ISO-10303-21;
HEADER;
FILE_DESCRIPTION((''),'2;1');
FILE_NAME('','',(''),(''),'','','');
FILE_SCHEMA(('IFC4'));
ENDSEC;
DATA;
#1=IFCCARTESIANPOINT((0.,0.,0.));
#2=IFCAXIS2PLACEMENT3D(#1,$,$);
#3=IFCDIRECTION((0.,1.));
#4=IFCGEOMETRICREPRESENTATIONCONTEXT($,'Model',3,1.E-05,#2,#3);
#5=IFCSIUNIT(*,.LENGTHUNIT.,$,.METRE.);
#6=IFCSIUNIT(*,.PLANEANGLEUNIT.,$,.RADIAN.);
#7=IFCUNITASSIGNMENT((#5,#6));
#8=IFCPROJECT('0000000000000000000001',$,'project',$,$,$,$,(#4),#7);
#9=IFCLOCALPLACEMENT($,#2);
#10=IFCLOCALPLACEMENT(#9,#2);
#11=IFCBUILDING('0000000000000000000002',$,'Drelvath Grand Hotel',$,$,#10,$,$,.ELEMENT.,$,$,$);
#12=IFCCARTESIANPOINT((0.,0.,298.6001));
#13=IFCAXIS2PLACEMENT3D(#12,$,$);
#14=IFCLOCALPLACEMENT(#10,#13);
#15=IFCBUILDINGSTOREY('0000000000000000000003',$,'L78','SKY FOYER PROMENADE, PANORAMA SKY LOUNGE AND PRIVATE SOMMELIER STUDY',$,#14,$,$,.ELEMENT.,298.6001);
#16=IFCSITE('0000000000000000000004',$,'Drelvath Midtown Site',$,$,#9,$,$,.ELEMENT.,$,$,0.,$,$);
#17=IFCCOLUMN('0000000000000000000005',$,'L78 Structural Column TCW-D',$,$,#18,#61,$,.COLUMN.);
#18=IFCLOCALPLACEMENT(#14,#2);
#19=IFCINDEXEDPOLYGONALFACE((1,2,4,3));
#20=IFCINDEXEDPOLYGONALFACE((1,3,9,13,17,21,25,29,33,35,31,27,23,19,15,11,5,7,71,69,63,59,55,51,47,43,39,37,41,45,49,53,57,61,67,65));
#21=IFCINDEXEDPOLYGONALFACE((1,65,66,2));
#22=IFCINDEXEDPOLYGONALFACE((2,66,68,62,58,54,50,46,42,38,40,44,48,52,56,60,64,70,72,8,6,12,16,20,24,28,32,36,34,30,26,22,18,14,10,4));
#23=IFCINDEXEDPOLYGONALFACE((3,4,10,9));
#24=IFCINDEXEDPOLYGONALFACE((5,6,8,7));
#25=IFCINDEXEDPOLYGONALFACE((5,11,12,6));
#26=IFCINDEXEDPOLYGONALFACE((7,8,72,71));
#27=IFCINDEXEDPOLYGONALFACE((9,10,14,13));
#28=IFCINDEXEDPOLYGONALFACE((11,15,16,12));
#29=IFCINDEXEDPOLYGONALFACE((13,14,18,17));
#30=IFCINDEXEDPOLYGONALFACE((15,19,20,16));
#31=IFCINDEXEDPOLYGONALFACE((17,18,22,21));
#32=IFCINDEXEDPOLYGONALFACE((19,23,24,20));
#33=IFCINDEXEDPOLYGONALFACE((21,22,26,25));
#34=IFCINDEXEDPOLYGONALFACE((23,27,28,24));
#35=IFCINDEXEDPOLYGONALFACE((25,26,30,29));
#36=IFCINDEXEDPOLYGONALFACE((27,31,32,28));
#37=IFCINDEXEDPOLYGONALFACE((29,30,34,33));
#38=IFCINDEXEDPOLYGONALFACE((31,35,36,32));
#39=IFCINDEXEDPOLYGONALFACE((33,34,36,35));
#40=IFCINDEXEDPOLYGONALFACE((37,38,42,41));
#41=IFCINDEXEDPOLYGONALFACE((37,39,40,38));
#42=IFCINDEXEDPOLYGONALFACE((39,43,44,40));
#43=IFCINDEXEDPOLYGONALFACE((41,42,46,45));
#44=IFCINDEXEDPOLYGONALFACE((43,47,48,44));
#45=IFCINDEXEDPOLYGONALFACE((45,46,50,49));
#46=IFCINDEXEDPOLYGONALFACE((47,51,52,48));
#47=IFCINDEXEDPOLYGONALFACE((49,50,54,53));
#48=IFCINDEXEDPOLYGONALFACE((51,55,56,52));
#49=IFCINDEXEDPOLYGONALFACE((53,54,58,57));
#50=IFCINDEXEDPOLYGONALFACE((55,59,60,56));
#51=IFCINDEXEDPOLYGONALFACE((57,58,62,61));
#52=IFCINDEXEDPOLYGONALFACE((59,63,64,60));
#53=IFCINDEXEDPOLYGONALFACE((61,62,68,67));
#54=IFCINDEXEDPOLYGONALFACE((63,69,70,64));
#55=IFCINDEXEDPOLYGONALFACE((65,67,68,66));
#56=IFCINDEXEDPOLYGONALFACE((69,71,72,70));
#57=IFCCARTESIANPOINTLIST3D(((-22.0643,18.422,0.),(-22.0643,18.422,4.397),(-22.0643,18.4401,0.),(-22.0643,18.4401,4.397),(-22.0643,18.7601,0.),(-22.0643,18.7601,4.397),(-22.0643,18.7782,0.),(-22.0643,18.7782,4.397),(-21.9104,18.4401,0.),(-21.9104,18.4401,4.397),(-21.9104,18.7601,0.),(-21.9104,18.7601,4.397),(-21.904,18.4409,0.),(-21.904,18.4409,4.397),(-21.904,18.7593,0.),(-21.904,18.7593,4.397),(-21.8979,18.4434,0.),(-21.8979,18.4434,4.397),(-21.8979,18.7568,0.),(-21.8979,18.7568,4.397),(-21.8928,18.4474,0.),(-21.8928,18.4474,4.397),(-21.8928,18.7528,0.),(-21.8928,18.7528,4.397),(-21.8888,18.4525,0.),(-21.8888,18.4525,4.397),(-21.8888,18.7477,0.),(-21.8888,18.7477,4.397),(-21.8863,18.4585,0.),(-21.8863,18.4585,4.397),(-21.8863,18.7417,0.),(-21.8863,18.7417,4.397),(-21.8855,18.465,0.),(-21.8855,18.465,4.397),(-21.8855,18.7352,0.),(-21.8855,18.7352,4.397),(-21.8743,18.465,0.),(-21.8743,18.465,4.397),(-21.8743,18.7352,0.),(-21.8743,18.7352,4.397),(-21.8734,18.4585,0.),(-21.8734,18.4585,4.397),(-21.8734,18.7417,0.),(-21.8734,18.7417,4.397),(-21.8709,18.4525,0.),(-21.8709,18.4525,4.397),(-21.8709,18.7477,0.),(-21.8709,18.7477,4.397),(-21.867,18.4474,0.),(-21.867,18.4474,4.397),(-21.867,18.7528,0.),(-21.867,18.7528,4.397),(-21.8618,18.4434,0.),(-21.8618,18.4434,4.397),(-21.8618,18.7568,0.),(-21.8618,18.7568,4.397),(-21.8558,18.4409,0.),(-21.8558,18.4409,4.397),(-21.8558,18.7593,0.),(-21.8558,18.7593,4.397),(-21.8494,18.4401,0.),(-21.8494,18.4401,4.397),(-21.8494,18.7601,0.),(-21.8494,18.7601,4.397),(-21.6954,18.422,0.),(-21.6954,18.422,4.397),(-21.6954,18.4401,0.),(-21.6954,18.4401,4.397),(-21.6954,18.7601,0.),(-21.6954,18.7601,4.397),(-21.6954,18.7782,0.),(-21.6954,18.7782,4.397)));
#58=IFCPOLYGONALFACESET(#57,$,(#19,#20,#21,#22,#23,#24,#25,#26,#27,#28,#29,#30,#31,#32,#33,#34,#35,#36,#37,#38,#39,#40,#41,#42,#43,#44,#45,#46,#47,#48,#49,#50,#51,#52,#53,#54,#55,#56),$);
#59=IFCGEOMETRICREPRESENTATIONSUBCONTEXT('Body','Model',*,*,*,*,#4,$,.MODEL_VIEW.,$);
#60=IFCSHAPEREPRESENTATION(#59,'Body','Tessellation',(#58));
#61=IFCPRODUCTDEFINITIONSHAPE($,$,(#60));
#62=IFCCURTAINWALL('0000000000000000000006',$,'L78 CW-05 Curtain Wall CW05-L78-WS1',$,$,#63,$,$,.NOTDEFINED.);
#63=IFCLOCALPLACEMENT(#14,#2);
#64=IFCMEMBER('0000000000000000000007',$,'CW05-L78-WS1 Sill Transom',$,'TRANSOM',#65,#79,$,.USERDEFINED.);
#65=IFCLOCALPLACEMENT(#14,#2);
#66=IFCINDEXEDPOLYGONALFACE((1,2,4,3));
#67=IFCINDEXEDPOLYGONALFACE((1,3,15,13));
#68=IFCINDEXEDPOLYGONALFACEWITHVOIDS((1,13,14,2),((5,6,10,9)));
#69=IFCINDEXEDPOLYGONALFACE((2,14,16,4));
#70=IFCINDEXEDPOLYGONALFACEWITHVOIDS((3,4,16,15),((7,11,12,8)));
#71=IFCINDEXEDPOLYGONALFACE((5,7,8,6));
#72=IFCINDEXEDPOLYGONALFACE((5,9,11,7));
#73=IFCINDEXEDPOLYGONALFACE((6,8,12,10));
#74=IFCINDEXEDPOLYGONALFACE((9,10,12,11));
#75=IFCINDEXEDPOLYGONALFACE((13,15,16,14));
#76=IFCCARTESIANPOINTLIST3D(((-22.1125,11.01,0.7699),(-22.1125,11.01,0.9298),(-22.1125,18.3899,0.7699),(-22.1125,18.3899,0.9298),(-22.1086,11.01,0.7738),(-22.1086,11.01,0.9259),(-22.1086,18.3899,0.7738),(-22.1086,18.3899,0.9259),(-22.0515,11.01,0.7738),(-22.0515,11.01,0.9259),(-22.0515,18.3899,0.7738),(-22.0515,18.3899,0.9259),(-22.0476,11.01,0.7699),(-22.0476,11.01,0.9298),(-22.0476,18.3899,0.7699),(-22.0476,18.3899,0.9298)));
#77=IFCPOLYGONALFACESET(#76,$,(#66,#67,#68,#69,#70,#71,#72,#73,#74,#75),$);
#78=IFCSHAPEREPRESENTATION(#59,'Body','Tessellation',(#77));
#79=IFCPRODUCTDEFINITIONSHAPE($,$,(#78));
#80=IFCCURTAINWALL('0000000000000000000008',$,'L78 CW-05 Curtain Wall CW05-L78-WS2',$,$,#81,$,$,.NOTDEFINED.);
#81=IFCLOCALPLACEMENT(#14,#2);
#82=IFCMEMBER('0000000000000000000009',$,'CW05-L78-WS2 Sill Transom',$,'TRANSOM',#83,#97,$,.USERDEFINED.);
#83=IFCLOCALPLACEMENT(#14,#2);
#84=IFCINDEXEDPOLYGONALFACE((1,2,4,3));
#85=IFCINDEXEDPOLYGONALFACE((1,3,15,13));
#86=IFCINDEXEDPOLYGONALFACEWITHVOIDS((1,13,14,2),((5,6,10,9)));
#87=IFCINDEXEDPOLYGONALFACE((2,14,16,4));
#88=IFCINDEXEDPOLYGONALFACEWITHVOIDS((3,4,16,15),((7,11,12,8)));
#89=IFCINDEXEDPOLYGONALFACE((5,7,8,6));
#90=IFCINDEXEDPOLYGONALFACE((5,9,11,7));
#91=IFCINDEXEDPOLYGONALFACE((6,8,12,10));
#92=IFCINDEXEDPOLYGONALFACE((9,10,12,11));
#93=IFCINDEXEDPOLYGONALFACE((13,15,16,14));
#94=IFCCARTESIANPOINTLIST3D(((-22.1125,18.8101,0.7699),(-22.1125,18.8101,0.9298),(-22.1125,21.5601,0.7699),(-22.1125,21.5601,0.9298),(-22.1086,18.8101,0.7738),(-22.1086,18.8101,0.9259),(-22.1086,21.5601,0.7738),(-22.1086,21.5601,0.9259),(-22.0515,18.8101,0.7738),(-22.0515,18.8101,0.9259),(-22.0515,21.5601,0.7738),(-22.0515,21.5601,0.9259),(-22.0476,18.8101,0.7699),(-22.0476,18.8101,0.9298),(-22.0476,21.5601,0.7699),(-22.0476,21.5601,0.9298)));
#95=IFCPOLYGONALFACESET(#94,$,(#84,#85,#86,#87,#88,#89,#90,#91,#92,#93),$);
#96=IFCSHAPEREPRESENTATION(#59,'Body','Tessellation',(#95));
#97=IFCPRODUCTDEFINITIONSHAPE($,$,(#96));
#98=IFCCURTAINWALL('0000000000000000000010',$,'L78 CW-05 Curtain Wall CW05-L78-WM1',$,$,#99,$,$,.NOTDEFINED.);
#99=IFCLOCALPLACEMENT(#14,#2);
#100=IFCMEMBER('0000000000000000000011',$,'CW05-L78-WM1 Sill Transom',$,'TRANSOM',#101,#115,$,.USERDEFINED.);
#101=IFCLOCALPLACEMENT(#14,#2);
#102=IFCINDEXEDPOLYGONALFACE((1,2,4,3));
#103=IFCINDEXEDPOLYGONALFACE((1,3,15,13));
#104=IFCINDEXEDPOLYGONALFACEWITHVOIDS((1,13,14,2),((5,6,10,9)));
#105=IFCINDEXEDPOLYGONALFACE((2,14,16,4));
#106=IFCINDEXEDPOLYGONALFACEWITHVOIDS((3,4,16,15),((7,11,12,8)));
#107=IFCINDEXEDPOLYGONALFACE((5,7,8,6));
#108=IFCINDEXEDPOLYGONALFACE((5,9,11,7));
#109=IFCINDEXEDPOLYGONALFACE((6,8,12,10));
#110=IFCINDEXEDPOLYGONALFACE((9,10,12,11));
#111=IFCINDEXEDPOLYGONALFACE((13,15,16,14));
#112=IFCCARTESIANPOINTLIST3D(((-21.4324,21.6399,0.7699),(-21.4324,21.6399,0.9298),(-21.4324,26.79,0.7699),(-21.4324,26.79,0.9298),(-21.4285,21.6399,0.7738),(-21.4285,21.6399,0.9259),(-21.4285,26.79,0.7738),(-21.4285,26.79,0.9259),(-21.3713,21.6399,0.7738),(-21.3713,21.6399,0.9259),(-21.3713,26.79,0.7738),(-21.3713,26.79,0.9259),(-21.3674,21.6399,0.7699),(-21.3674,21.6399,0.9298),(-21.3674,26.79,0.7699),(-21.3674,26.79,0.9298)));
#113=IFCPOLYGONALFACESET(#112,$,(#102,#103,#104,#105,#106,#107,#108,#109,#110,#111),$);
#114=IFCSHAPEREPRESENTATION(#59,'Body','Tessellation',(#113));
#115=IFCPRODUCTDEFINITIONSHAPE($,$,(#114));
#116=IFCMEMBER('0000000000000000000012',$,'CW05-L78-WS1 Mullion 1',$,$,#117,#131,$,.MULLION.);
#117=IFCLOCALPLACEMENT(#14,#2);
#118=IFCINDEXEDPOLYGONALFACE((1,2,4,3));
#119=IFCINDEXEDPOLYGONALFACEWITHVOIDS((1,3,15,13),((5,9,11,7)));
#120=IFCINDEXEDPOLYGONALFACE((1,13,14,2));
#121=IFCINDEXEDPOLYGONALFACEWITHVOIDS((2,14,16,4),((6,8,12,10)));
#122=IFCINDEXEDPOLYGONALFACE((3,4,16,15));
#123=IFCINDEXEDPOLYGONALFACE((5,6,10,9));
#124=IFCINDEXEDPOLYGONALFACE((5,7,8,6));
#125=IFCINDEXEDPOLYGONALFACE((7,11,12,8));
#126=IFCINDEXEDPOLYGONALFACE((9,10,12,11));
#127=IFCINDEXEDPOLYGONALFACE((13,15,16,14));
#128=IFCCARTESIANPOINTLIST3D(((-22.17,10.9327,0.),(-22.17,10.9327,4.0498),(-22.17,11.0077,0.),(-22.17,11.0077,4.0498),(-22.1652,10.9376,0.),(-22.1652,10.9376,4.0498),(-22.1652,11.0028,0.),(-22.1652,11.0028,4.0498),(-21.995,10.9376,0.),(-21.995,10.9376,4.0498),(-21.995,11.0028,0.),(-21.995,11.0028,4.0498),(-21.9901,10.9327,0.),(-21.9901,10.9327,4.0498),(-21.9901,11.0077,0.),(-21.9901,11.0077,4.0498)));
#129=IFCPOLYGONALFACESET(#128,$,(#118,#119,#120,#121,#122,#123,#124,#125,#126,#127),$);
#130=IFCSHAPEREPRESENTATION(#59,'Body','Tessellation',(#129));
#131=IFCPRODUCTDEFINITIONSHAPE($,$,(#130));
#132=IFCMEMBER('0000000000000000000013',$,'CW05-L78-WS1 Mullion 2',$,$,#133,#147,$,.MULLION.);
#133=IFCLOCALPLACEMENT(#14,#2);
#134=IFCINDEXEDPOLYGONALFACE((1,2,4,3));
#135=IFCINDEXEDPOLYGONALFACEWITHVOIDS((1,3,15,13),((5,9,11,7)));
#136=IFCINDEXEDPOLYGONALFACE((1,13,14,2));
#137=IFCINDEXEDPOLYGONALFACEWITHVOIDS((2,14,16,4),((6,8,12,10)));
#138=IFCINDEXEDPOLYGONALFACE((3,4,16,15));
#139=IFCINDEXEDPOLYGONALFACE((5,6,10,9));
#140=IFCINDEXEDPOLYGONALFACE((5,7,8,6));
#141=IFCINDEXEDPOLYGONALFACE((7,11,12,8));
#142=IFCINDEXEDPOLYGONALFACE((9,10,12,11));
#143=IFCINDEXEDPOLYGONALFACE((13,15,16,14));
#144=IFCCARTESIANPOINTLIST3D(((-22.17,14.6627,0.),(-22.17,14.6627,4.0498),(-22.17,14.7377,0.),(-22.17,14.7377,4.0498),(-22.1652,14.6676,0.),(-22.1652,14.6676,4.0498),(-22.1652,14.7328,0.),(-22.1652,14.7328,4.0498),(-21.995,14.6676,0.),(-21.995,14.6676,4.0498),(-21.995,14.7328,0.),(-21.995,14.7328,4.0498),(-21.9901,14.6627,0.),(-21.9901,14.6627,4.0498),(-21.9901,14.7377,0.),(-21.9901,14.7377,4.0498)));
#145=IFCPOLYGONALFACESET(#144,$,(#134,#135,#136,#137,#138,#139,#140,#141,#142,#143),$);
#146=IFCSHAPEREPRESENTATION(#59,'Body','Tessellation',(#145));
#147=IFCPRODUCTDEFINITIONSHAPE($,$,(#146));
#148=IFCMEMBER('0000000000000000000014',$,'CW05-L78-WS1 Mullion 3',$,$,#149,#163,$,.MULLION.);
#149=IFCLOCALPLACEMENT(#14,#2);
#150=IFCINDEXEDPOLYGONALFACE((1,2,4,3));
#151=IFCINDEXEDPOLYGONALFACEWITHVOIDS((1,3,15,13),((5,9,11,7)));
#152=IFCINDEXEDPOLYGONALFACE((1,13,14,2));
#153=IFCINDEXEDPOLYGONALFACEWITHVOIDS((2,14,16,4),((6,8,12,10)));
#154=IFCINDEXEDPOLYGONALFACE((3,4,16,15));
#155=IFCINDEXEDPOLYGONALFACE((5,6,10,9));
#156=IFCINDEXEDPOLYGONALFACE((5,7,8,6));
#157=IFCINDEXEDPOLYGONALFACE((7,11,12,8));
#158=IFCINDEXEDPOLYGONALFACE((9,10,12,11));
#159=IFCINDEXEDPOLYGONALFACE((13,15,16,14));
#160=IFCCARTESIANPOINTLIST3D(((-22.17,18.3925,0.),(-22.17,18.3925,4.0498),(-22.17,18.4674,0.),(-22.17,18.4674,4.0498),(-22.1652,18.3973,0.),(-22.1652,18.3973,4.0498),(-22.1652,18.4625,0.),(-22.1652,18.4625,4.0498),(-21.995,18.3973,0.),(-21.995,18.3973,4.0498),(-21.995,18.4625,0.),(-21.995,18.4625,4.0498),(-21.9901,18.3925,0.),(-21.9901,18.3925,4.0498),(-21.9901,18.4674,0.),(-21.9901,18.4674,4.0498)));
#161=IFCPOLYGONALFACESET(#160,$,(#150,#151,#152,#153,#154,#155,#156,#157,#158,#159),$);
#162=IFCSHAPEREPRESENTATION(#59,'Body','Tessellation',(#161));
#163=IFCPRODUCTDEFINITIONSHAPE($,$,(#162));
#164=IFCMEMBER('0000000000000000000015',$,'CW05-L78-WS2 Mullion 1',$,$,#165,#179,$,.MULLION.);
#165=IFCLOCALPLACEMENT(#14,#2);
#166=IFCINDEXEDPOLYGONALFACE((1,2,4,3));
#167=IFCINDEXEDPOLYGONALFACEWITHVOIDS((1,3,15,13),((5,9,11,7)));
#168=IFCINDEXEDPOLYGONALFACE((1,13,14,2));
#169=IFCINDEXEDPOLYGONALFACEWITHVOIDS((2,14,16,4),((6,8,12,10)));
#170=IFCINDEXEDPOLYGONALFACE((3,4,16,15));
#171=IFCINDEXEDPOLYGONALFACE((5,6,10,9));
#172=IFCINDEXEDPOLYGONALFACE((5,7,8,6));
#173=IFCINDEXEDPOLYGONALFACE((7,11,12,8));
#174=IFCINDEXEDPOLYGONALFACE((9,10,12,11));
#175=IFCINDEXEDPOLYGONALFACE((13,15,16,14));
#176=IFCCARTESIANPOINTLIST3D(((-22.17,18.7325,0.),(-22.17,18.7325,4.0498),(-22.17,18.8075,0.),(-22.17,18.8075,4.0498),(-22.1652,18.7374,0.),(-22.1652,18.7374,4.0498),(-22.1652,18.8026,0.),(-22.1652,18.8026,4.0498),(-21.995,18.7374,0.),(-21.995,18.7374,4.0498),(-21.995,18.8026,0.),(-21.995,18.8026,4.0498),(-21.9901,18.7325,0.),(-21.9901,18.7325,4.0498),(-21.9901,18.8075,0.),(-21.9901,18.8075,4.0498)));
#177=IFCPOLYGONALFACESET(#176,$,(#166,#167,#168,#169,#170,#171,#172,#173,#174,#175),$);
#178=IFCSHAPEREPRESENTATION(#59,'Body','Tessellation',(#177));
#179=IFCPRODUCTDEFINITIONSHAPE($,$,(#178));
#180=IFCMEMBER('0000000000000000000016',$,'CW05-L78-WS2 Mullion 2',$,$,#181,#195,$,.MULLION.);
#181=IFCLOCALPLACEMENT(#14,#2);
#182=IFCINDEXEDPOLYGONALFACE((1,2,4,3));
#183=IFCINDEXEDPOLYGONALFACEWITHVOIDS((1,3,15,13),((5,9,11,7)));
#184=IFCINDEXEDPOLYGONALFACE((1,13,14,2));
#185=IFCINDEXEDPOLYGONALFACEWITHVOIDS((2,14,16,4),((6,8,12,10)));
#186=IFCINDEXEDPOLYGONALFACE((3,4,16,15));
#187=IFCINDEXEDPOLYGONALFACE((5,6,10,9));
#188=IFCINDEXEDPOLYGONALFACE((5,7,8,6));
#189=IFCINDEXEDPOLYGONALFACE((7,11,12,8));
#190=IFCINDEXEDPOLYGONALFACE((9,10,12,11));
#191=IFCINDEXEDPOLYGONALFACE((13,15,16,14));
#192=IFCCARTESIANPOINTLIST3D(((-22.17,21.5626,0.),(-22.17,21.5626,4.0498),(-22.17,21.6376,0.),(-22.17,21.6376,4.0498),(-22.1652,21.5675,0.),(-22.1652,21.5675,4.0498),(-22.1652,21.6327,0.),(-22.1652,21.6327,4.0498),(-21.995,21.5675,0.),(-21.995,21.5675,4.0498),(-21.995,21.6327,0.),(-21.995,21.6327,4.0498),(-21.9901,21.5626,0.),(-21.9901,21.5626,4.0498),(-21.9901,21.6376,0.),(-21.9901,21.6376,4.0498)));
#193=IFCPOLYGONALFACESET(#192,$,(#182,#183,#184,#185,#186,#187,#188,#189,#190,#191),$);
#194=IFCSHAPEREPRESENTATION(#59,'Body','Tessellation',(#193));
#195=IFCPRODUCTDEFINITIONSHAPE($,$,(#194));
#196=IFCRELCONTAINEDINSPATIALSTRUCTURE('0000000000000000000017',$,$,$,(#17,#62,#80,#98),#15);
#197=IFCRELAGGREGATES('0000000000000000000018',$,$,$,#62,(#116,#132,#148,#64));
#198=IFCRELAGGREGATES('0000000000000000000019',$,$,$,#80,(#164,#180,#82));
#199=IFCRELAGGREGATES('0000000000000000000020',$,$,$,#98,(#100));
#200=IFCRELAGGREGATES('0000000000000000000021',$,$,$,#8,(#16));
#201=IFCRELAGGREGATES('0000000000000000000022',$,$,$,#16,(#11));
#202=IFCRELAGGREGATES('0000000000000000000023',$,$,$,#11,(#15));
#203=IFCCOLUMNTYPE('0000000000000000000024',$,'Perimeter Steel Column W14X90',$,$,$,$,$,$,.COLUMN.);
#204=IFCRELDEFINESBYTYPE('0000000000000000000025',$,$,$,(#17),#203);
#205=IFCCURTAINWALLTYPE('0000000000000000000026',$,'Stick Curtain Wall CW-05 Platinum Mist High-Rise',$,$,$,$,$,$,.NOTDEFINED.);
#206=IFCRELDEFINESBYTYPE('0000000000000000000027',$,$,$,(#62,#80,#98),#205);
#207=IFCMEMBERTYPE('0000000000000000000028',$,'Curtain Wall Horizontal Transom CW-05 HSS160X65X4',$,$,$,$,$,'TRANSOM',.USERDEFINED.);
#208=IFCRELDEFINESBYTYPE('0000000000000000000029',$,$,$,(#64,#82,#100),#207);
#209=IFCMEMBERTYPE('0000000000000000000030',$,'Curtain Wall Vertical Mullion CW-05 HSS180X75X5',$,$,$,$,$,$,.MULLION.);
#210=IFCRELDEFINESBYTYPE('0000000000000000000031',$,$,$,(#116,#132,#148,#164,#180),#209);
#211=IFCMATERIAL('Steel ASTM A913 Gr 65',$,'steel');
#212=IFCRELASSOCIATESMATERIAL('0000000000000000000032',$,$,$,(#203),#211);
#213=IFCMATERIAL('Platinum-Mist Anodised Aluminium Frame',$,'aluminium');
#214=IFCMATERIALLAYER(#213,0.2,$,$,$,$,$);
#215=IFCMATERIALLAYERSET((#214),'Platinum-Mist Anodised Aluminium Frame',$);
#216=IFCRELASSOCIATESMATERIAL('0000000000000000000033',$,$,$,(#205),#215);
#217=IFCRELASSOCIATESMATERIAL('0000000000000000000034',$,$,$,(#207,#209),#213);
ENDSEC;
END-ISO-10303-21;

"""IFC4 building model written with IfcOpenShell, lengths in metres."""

from ifc_helpers import new_model, si_unit, direction, frame, origin, origin_2d, place, context, subcontext, project, spatial, hollow_rectangle, i_section, extrude, material, layer, layer_set, material_profile, profile_set, type_object, element, aggregate, save


model = new_model("IFC4")

# Units and contexts
model_context = context("Model", 3, precision=1e-05, world=origin(), true_north=direction((0.0, 1.0)))
body_context = subcontext(model_context, "Body", "Model", "MODEL_VIEW")
ifc_project = project(units=[si_unit("LENGTHUNIT", "METRE"), si_unit("PLANEANGLEUNIT", "RADIAN")], contexts=[model_context])

# Site, building, storey
site_placement = place(None, origin())
site = spatial("IfcSite", under=ifc_project, at=site_placement, Name="Drelvath Midtown Site", CompositionType="ELEMENT", RefElevation=0.0)
building_placement = place(site_placement, origin())
building = spatial("IfcBuilding", under=site, at=building_placement, Name="Drelvath Grand Hotel", CompositionType="ELEMENT")
storey_placement = place(building_placement, frame((0.0, 0.0, 298.6001)))
storey = spatial("IfcBuildingStorey", under=building, at=storey_placement, Name="L78", Description="SKY FOYER PROMENADE, PANORAMA SKY LOUNGE AND PRIVATE SOMMELIER STUDY", CompositionType="ELEMENT", Elevation=298.6001)

# Column
ifc_material_1 = material(Name="Steel ASTM A913 Gr 65", Category="steel")
ifc_material_profile_1 = material_profile(ifc_material_1, i_section(OverallWidth=0.3689, OverallDepth=0.3562, WebThickness=0.0112, FlangeThickness=0.0181, FilletRadius=0.0249, at=origin_2d()), Name="W14X90")
ifc_profile_set_1 = profile_set([ifc_material_profile_1], Name="Steel ASTM A913 Gr 65")
column_type = type_object("IfcColumnType", Name="Perimeter Steel Column W14X90", PredefinedType="COLUMN", material=ifc_profile_set_1)
column_placement = place(storey_placement, frame((-21.8799, 18.6001, 0.0), z_axis=(0.0, 0.0, 1.0), x_axis=(1.0, 0.0, 0.0)))
element("IfcColumn", 1, at=column_placement, inside=storey, type_object=column_type, Name="L78 Structural Column TCW-D", PredefinedType="COLUMN", context=body_context, shape_type="SweptSolid", body=[
    extrude(i_section(OverallWidth=0.3689, OverallDepth=0.3562, WebThickness=0.0112, FlangeThickness=0.0181, FilletRadius=0.0249, at=origin_2d()), origin(), (0.0, 0.0, 1.0), 4.397),
])

# Curtain walls, members
ifc_material_2 = material(Name="Platinum-Mist Anodised Aluminium Frame", Category="aluminium")
ifc_layer_1 = layer(ifc_material_2, 0.2)
ifc_layer_set_1 = layer_set([ifc_layer_1], Name="Platinum-Mist Anodised Aluminium Frame")
curtain_wall_type = type_object("IfcCurtainWallType", Name="Stick Curtain Wall CW-05 Platinum Mist High-Rise", PredefinedType="NOTDEFINED", material=ifc_layer_set_1)
curtain_wall_1_placement = place(storey_placement, origin())
curtain_wall_1 = element("IfcCurtainWall", 2, at=curtain_wall_1_placement, inside=storey, type_object=curtain_wall_type, Name="L78 CW-05 Curtain Wall CW05-L78-WS1", PredefinedType="NOTDEFINED")
ifc_material_profile_2 = material_profile(ifc_material_2, hollow_rectangle(XDim=0.0649, YDim=0.1599, WallThickness=0.0039, at=origin_2d()), Name="HSS160X65X4")
ifc_profile_set_2 = profile_set([ifc_material_profile_2], Name="Platinum-Mist Anodised Aluminium Frame")
member_type_1 = type_object("IfcMemberType", Name="Curtain Wall Horizontal Transom CW-05 HSS160X65X4", ElementType="TRANSOM", PredefinedType="USERDEFINED", material=ifc_profile_set_2)
member_1_placement = place(storey_placement, frame((-22.0801, 11.01, 0.8499), z_axis=(0.0, 1.0, 0.0), x_axis=(-1.0, 0.0, 0.0)))
member_1 = element("IfcMember", 3, at=member_1_placement, type_object=member_type_1, Name="CW05-L78-WS1 Sill Transom", ObjectType="TRANSOM", PredefinedType="USERDEFINED", context=body_context, shape_type="SweptSolid", body=[
    extrude(hollow_rectangle(XDim=0.0649, YDim=0.1599, WallThickness=0.0039, at=origin_2d()), origin(), (0.0, 0.0, 1.0), 7.3799),
])
curtain_wall_2_placement = place(storey_placement, origin())
curtain_wall_2 = element("IfcCurtainWall", 4, at=curtain_wall_2_placement, inside=storey, type_object=curtain_wall_type, Name="L78 CW-05 Curtain Wall CW05-L78-WS2", PredefinedType="NOTDEFINED")
member_2_placement = place(storey_placement, frame((-22.0801, 18.8101, 0.8499), z_axis=(0.0, 1.0, 0.0), x_axis=(-1.0, 0.0, 0.0)))
member_2 = element("IfcMember", 5, at=member_2_placement, type_object=member_type_1, Name="CW05-L78-WS2 Sill Transom", ObjectType="TRANSOM", PredefinedType="USERDEFINED", context=body_context, shape_type="SweptSolid", body=[
    extrude(hollow_rectangle(XDim=0.0649, YDim=0.1599, WallThickness=0.0039, at=origin_2d()), origin(), (0.0, 0.0, 1.0), 2.75),
])
curtain_wall_3_placement = place(storey_placement, origin())
curtain_wall_3 = element("IfcCurtainWall", 6, at=curtain_wall_3_placement, inside=storey, type_object=curtain_wall_type, Name="L78 CW-05 Curtain Wall CW05-L78-WM1", PredefinedType="NOTDEFINED")
member_3_placement = place(storey_placement, frame((-21.3999, 21.6399, 0.8499), z_axis=(0.0, 1.0, 0.0), x_axis=(-1.0, 0.0, 0.0)))
member_3 = element("IfcMember", 7, at=member_3_placement, type_object=member_type_1, Name="CW05-L78-WM1 Sill Transom", ObjectType="TRANSOM", PredefinedType="USERDEFINED", context=body_context, shape_type="SweptSolid", body=[
    extrude(hollow_rectangle(XDim=0.0649, YDim=0.1599, WallThickness=0.0039, at=origin_2d()), origin(), (0.0, 0.0, 1.0), 5.1501),
])

# Members
ifc_material_profile_3 = material_profile(ifc_material_2, hollow_rectangle(XDim=0.075, YDim=0.1799, WallThickness=0.0049, at=origin_2d()), Name="HSS180X75X5")
ifc_profile_set_3 = profile_set([ifc_material_profile_3], Name="Platinum-Mist Anodised Aluminium Frame")
member_type_2 = type_object("IfcMemberType", Name="Curtain Wall Vertical Mullion CW-05 HSS180X75X5", PredefinedType="MULLION", material=ifc_profile_set_3)
member_4_placement = place(storey_placement, frame((-22.0801, 10.9702, 0.0), z_axis=(0.0, 0.0, 1.0), x_axis=(0.0, 1.0, 0.0)))
member_4 = element("IfcMember", 8, at=member_4_placement, type_object=member_type_2, Name="CW05-L78-WS1 Mullion 1", PredefinedType="MULLION", context=body_context, shape_type="SweptSolid", body=[
    extrude(hollow_rectangle(XDim=0.075, YDim=0.1799, WallThickness=0.0049, at=origin_2d()), origin(), (0.0, 0.0, 1.0), 4.0498),
])
member_5_placement = place(storey_placement, frame((-22.0801, 14.7002, 0.0), z_axis=(0.0, 0.0, 1.0), x_axis=(0.0, 1.0, 0.0)))
member_5 = element("IfcMember", 9, at=member_5_placement, type_object=member_type_2, Name="CW05-L78-WS1 Mullion 2", PredefinedType="MULLION", context=body_context, shape_type="SweptSolid", body=[
    extrude(hollow_rectangle(XDim=0.075, YDim=0.1799, WallThickness=0.0049, at=origin_2d()), origin(), (0.0, 0.0, 1.0), 4.0498),
])
member_6_placement = place(storey_placement, frame((-22.0801, 18.4299, 0.0), z_axis=(0.0, 0.0, 1.0), x_axis=(0.0, 1.0, 0.0)))
member_6 = element("IfcMember", 10, at=member_6_placement, type_object=member_type_2, Name="CW05-L78-WS1 Mullion 3", PredefinedType="MULLION", context=body_context, shape_type="SweptSolid", body=[
    extrude(hollow_rectangle(XDim=0.075, YDim=0.1799, WallThickness=0.0049, at=origin_2d()), origin(), (0.0, 0.0, 1.0), 4.0498),
])
member_7_placement = place(storey_placement, frame((-22.0801, 18.77, 0.0), z_axis=(0.0, 0.0, 1.0), x_axis=(0.0, 1.0, 0.0)))
member_7 = element("IfcMember", 11, at=member_7_placement, type_object=member_type_2, Name="CW05-L78-WS2 Mullion 1", PredefinedType="MULLION", context=body_context, shape_type="SweptSolid", body=[
    extrude(hollow_rectangle(XDim=0.075, YDim=0.1799, WallThickness=0.0049, at=origin_2d()), origin(), (0.0, 0.0, 1.0), 4.0498),
])
member_8_placement = place(storey_placement, frame((-22.0801, 21.6001, 0.0), z_axis=(0.0, 0.0, 1.0), x_axis=(0.0, 1.0, 0.0)))
member_8 = element("IfcMember", 12, at=member_8_placement, type_object=member_type_2, Name="CW05-L78-WS2 Mullion 2", PredefinedType="MULLION", context=body_context, shape_type="SweptSolid", body=[
    extrude(hollow_rectangle(XDim=0.075, YDim=0.1799, WallThickness=0.0049, at=origin_2d()), origin(), (0.0, 0.0, 1.0), 4.0498),
])

aggregate(curtain_wall_1, [member_4, member_5, member_6, member_1])
aggregate(curtain_wall_2, [member_7, member_8, member_2])
aggregate(curtain_wall_3, [member_3])

save(model, "model.ifc")
